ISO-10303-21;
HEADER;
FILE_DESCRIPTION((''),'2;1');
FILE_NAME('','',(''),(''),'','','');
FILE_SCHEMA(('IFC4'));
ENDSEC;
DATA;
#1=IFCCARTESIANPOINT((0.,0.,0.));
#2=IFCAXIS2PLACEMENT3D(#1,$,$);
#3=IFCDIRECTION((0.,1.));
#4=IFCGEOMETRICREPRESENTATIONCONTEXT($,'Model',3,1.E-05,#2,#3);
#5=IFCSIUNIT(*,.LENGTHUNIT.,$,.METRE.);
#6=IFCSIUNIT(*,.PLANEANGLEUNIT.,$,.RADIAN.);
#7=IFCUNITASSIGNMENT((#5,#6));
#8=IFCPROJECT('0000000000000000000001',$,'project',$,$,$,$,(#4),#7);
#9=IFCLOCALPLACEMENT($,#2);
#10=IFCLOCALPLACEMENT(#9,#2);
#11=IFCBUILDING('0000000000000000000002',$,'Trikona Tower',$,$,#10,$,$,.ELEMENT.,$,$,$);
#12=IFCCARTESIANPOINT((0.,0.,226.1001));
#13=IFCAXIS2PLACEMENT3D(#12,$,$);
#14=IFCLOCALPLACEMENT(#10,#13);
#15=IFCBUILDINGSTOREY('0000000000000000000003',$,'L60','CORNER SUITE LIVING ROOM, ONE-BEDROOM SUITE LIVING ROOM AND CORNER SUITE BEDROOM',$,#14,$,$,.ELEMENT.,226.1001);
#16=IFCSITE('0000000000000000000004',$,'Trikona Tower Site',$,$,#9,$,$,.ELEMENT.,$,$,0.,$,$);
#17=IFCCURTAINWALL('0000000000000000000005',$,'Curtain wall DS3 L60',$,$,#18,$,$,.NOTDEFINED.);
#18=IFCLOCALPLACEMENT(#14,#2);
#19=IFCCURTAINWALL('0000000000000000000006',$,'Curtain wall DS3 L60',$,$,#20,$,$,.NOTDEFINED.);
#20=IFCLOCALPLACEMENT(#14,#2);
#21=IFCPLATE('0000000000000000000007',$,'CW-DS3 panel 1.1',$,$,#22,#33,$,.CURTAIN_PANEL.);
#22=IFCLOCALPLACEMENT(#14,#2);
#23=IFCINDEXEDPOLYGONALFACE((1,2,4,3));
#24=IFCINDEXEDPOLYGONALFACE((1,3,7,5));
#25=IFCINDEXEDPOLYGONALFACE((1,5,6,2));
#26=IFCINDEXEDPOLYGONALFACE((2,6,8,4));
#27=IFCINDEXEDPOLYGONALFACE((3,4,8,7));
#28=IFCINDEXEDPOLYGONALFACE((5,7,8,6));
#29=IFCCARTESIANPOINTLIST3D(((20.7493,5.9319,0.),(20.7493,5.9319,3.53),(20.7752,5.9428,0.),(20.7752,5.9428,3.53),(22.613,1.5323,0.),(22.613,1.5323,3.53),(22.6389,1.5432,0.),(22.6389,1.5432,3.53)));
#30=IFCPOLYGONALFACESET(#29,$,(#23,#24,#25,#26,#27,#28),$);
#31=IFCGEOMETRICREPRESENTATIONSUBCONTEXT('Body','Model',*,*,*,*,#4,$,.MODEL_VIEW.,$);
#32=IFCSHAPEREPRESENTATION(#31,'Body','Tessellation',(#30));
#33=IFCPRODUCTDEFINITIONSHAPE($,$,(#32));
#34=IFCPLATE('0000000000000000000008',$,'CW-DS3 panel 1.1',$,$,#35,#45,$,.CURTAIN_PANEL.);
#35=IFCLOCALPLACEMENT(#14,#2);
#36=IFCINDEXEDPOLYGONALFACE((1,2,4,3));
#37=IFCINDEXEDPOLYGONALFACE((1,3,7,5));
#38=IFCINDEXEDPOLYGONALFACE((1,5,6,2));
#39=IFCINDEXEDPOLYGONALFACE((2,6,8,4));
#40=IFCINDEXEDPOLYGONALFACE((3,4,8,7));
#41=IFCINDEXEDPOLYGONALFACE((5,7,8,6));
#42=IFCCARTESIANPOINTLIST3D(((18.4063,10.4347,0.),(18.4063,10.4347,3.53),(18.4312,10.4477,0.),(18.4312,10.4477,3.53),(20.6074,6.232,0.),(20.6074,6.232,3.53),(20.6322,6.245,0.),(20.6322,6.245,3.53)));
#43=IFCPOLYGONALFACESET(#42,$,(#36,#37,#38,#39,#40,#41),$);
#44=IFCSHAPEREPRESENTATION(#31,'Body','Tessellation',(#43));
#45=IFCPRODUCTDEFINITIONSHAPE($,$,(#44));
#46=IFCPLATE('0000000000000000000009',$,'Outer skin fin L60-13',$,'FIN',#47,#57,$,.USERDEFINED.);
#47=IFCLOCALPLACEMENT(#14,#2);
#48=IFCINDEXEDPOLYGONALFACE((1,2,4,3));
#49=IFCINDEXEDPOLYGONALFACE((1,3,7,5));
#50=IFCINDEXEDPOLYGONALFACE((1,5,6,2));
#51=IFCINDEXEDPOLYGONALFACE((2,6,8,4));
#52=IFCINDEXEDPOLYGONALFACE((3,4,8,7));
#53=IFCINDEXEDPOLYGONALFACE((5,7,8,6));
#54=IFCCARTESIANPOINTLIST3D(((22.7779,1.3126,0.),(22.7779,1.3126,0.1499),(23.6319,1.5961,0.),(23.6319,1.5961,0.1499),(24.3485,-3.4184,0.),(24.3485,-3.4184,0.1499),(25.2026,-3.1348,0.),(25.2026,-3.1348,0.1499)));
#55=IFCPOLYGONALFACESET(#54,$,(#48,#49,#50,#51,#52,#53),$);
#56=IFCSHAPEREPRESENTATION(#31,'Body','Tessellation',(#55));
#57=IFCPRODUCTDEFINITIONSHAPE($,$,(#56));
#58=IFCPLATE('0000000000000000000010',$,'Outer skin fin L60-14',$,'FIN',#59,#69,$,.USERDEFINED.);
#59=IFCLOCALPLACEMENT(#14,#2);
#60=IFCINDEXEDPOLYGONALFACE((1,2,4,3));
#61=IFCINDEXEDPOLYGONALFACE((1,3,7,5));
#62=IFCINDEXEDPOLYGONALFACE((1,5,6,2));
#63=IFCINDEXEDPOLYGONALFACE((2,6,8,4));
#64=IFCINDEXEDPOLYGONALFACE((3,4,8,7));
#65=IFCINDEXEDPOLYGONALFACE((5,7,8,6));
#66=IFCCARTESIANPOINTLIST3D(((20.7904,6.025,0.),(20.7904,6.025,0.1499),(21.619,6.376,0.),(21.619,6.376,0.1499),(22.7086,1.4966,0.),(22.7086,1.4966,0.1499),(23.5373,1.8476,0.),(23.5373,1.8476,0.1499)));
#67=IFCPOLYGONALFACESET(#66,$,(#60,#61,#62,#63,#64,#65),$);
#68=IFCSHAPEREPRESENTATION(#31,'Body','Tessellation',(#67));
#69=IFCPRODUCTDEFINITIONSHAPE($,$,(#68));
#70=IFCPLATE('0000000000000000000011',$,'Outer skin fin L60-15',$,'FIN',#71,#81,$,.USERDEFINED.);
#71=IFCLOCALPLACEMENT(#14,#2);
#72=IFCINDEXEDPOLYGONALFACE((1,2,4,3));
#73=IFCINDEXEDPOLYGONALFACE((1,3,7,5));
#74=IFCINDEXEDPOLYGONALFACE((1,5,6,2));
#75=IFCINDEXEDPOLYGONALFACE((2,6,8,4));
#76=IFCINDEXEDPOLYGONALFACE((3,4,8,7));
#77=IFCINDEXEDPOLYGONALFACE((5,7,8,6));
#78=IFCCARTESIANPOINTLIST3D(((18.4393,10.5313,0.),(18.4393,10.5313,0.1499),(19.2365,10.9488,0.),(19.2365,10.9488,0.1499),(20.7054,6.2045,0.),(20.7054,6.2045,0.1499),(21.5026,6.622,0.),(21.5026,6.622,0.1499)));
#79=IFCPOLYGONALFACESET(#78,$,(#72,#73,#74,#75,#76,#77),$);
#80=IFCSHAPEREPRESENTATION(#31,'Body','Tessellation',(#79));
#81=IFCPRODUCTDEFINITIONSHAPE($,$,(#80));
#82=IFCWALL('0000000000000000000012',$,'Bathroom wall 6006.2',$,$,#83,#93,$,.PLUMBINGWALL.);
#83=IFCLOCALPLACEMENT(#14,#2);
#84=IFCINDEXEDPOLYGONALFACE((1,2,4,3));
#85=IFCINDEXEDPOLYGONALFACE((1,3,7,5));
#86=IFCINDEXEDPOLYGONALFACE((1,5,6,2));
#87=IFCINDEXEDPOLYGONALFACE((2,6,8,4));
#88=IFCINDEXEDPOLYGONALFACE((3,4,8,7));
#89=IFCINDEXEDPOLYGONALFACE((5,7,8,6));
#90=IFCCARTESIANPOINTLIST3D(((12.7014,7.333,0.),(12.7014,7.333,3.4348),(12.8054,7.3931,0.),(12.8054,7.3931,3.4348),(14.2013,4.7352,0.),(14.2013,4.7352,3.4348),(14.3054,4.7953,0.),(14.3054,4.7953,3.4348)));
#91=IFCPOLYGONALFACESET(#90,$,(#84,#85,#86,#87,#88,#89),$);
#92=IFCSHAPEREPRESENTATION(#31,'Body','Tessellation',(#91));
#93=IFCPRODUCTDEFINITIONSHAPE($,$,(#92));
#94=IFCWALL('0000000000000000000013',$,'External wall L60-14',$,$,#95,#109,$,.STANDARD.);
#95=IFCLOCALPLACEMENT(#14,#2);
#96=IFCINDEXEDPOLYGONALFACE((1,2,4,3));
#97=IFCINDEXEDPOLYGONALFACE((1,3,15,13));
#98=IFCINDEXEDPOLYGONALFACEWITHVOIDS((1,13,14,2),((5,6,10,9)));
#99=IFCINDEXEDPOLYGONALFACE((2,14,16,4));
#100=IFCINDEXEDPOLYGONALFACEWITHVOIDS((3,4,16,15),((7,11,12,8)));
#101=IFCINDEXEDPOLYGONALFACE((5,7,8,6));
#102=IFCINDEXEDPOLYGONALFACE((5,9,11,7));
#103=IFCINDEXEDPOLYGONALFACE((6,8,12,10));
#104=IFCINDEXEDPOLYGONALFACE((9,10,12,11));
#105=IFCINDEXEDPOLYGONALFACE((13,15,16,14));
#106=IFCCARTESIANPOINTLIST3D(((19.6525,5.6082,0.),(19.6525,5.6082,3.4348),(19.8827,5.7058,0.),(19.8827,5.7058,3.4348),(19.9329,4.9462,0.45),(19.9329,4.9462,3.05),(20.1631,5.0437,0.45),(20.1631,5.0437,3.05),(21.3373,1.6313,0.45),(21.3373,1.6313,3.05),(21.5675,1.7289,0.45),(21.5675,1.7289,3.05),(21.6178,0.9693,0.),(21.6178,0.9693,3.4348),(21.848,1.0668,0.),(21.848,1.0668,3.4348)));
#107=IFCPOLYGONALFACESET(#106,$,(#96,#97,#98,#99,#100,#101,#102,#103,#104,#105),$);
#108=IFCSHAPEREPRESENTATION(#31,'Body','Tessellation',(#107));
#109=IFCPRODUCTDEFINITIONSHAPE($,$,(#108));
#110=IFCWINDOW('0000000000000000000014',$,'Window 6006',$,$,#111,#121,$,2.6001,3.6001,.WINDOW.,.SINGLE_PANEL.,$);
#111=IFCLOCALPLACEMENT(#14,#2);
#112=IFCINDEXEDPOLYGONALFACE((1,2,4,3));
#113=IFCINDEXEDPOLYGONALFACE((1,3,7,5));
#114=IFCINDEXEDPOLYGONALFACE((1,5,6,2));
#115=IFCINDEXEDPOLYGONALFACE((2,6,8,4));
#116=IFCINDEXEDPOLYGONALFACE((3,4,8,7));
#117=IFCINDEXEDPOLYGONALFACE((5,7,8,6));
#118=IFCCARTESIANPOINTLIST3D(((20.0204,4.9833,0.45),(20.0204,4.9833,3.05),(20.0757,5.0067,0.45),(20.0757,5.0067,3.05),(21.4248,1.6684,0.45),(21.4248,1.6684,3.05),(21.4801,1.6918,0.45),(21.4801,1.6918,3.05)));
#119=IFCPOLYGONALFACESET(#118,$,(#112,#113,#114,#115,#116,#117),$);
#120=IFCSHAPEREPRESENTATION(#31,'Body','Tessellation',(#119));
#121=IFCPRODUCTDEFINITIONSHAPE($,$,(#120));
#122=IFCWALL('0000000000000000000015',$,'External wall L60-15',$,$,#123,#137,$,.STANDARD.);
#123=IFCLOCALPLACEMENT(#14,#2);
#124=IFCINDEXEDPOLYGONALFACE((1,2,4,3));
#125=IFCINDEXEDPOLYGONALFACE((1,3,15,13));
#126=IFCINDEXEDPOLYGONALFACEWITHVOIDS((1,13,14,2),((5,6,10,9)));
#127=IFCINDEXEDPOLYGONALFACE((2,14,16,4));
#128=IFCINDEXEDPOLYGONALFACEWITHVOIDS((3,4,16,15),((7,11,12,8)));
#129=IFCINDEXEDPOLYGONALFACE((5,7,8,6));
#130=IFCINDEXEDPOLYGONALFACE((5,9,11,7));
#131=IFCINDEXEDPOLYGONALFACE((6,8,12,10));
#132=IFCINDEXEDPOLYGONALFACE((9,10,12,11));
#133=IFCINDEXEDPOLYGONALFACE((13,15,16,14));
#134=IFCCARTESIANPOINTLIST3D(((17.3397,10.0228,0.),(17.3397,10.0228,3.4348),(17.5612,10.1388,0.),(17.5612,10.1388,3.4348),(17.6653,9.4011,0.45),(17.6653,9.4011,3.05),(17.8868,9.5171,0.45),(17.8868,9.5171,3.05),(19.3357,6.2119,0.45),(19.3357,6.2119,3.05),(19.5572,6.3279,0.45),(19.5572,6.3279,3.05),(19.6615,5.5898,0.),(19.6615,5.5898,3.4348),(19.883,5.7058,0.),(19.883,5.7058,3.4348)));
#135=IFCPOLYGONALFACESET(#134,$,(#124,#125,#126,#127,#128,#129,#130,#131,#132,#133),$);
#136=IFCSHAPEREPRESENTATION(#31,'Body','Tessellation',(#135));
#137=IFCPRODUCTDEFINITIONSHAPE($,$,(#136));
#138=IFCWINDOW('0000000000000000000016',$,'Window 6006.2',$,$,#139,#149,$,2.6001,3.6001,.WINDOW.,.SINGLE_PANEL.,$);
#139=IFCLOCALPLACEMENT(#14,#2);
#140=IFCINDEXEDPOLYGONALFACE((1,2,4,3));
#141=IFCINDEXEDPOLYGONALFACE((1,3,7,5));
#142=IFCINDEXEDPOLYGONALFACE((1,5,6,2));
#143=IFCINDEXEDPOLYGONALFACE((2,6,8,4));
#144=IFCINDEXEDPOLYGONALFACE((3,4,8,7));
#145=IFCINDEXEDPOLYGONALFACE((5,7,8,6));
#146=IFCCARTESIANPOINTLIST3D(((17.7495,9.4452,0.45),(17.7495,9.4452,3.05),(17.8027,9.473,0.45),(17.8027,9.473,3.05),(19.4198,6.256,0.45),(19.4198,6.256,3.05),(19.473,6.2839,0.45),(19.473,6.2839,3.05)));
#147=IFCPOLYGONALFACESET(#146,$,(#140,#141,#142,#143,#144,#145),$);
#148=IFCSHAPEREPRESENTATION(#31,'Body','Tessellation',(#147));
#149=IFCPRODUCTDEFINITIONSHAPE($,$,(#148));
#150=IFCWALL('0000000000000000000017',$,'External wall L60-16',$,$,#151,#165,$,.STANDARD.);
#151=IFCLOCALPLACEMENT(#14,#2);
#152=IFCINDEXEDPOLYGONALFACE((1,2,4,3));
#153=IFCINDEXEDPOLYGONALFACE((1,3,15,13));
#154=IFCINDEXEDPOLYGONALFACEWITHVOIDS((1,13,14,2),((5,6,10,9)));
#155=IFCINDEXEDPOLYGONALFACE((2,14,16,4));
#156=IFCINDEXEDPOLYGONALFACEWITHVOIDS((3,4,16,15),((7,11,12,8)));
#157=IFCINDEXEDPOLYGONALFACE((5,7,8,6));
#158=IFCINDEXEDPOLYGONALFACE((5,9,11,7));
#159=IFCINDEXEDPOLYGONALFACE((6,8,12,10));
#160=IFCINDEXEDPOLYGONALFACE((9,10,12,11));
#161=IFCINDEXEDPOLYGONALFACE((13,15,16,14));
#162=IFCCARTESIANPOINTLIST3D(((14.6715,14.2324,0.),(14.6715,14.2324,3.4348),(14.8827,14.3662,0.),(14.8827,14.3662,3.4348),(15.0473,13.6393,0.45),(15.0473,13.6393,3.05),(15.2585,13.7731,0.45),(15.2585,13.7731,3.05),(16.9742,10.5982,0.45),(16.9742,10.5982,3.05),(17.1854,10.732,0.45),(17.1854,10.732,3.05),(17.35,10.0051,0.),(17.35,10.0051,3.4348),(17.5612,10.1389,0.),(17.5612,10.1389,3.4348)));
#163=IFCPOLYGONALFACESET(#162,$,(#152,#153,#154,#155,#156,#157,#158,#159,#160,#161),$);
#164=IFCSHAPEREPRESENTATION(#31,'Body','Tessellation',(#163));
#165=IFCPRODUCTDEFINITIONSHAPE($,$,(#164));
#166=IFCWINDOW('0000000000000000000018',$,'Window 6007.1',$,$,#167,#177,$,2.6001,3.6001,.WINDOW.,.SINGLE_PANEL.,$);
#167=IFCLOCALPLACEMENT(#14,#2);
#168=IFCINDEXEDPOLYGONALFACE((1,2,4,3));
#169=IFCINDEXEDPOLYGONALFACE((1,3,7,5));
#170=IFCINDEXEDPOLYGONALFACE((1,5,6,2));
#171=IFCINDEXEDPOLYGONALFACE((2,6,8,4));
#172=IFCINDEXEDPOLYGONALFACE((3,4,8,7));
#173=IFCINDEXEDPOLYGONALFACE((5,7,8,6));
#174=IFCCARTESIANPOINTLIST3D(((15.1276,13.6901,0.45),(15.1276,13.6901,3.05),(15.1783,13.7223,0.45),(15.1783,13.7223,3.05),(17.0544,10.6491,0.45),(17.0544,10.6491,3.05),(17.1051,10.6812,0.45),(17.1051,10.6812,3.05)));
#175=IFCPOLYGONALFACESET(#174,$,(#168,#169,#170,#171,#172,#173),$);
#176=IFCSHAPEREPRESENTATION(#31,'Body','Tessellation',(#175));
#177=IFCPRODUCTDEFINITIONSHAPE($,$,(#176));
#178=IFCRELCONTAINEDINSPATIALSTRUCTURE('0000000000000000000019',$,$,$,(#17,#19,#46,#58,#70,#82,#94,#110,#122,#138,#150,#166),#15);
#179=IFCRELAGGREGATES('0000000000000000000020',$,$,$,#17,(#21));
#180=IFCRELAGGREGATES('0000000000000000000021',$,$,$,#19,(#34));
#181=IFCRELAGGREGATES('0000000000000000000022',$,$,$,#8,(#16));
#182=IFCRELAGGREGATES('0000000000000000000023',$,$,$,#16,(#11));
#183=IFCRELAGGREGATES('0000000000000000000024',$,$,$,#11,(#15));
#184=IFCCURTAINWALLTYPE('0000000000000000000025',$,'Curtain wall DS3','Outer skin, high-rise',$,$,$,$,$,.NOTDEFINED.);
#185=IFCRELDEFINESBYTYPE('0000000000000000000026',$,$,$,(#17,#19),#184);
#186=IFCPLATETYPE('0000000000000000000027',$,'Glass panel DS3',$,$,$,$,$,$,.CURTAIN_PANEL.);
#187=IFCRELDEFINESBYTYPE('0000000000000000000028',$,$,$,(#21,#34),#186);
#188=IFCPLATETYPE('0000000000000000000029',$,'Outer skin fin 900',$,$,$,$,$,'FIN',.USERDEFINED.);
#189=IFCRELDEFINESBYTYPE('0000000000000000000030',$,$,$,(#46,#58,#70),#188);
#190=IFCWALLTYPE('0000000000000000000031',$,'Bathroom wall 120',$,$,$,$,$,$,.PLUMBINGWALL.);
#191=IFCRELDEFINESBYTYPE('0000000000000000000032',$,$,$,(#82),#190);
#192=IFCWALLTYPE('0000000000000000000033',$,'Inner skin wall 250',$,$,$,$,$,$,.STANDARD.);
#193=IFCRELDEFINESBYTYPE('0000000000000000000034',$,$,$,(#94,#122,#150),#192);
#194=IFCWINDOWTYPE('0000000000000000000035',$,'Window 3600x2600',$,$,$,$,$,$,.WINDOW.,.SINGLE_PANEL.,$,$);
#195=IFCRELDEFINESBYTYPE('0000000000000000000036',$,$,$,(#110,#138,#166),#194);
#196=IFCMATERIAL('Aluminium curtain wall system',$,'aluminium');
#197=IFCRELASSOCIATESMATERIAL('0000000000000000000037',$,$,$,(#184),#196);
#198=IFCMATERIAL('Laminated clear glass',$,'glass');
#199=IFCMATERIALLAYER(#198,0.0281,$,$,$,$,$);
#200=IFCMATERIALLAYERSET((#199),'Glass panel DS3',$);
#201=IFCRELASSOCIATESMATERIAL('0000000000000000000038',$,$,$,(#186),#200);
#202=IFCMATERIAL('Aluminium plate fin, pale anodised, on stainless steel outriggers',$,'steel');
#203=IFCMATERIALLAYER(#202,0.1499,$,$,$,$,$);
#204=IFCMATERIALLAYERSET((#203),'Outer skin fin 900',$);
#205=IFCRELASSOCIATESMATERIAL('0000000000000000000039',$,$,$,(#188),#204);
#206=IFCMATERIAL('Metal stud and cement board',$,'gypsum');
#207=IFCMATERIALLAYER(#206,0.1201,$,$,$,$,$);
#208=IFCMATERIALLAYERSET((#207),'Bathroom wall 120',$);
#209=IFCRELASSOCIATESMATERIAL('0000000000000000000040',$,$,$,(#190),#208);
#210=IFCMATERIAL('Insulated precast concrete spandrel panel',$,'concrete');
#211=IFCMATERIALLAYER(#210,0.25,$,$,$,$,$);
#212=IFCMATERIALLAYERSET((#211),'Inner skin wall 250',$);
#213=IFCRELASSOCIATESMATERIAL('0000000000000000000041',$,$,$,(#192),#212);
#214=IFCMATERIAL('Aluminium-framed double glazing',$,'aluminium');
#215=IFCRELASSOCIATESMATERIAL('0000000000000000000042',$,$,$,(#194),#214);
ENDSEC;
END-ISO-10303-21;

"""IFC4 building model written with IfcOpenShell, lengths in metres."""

from ifc_helpers import new_model, si_unit, direction, frame, frame_2d, origin, origin_2d, place, context, subcontext, project, spatial, rectangle, extrude, material, layer, layer_set, type_object, element, fill, aggregate, save


model = new_model("IFC4")

# Units and contexts
model_context = context("Model", 3, precision=1e-05, world=origin(), true_north=direction((0.0, 1.0)))
body_context = subcontext(model_context, "Body", "Model", "MODEL_VIEW")
ifc_project = project(units=[si_unit("LENGTHUNIT", "METRE"), si_unit("PLANEANGLEUNIT", "RADIAN")], contexts=[model_context])

# Site, building, storey
site_placement = place(None, origin())
site = spatial("IfcSite", under=ifc_project, at=site_placement, Name="Trikona Tower Site", CompositionType="ELEMENT", RefElevation=0.0)
building_placement = place(site_placement, origin())
building = spatial("IfcBuilding", under=site, at=building_placement, Name="Trikona Tower", CompositionType="ELEMENT")
storey_placement = place(building_placement, frame((0.0, 0.0, 226.1001)))
storey = spatial("IfcBuildingStorey", under=building, at=storey_placement, Name="L60", Description="CORNER SUITE LIVING ROOM, ONE-BEDROOM SUITE LIVING ROOM AND CORNER SUITE BEDROOM", CompositionType="ELEMENT", Elevation=226.1001)

# Shared definitions
ifc_material_1 = material(Name="Aluminium curtain wall system", Category="aluminium")
curtain_wall_type = type_object("IfcCurtainWallType", Name="Curtain wall DS3", Description="Outer skin, high-rise", PredefinedType="NOTDEFINED", material=ifc_material_1)

# Curtain walls
curtain_wall_1_placement = place(storey_placement, origin())
curtain_wall_1 = element("IfcCurtainWall", 1, at=curtain_wall_1_placement, inside=storey, type_object=curtain_wall_type, Name="Curtain wall DS3 L60", PredefinedType="NOTDEFINED")
curtain_wall_2_placement = place(storey_placement, origin())
curtain_wall_2 = element("IfcCurtainWall", 2, at=curtain_wall_2_placement, inside=storey, type_object=curtain_wall_type, Name="Curtain wall DS3 L60", PredefinedType="NOTDEFINED")

# Plates
ifc_material_2 = material(Name="Laminated clear glass", Category="glass")
ifc_layer_1 = layer(ifc_material_2, 0.0281)
ifc_layer_set_1 = layer_set([ifc_layer_1], Name="Glass panel DS3")
plate_type_1 = type_object("IfcPlateType", Name="Glass panel DS3", PredefinedType="CURTAIN_PANEL", material=ifc_layer_set_1)
plate_1_placement = place(storey_placement, frame((21.6941, 3.7375, 0.0), z_axis=(0.0, 0.0, 1.0), x_axis=(-0.390053, 0.920792, 0.0)))
plate_1 = element("IfcPlate", 3, at=plate_1_placement, type_object=plate_type_1, Name="CW-DS3 panel 1.1", PredefinedType="CURTAIN_PANEL", context=body_context, shape_type="SweptSolid", body=[
    extrude(rectangle(XDim=4.7781, YDim=0.0281, at=origin_2d()), origin(), (0.0, 0.0, 1.0), 3.53),
])
aggregate(curtain_wall_1, [plate_1])
plate_2_placement = place(storey_placement, frame((19.5193, 8.3398, 0.0), z_axis=(0.0, 0.0, 1.0), x_axis=(-0.463948, 0.885862, 0.0)))
plate_2 = element("IfcPlate", 4, at=plate_2_placement, type_object=plate_type_1, Name="CW-DS3 panel 1.1", PredefinedType="CURTAIN_PANEL", context=body_context, shape_type="SweptSolid", body=[
    extrude(rectangle(XDim=4.7441, YDim=0.0281, at=origin_2d()), origin(), (0.0, 0.0, 1.0), 3.53),
])
aggregate(curtain_wall_2, [plate_2])

# Plates
ifc_material_3 = material(Name="Aluminium plate fin, pale anodised, on stainless steel outriggers", Category="steel")
ifc_layer_2 = layer(ifc_material_3, 0.1499)
ifc_layer_set_2 = layer_set([ifc_layer_2], Name="Outer skin fin 900")
plate_type_2 = type_object("IfcPlateType", Name="Outer skin fin 900", ElementType="FIN", PredefinedType="USERDEFINED", material=ifc_layer_set_2)
plate_3_placement = place(storey_placement, frame((23.9902, -0.9111, 0.0), z_axis=(0.0, 0.0, 1.0), x_axis=(-0.315093, 0.949061, 0.0)))
element("IfcPlate", 5, at=plate_3_placement, inside=storey, type_object=plate_type_2, Name="Outer skin fin L60-13", ObjectType="FIN", PredefinedType="USERDEFINED", context=body_context, shape_type="SweptSolid", body=[
    extrude(rectangle(XDim=4.9849, YDim=0.8999, at=origin_2d()), origin(), (0.0, 0.0, 1.0), 0.1499),
])
plate_4_placement = place(storey_placement, frame((22.1638, 3.9363, 0.0), z_axis=(0.0, 0.0, 1.0), x_axis=(-0.390051, 0.920793, 0.0)))
element("IfcPlate", 6, at=plate_4_placement, inside=storey, type_object=plate_type_2, Name="Outer skin fin L60-14", ObjectType="FIN", PredefinedType="USERDEFINED", context=body_context, shape_type="SweptSolid", body=[
    extrude(rectangle(XDim=4.918, YDim=0.8999, at=origin_2d()), origin(), (0.0, 0.0, 1.0), 0.1499),
])
plate_5_placement = place(storey_placement, frame((19.9709, 8.5767, 0.0), z_axis=(0.0, 0.0, 1.0), x_axis=(-0.463952, 0.88586, 0.0)))
element("IfcPlate", 7, at=plate_5_placement, inside=storey, type_object=plate_type_2, Name="Outer skin fin L60-15", ObjectType="FIN", PredefinedType="USERDEFINED", context=body_context, shape_type="SweptSolid", body=[
    extrude(rectangle(XDim=4.8843, YDim=0.8999, at=origin_2d()), origin(), (0.0, 0.0, 1.0), 0.1499),
])

# Wall
ifc_material_4 = material(Name="Metal stud and cement board", Category="gypsum")
ifc_layer_3 = layer(ifc_material_4, 0.1201)
ifc_layer_set_3 = layer_set([ifc_layer_3], Name="Bathroom wall 120")
wall_type_1 = type_object("IfcWallType", Name="Bathroom wall 120", PredefinedType="PLUMBINGWALL", material=ifc_layer_set_3)
wall_1_placement = place(storey_placement, frame((14.2534, 4.7651, 0.0), z_axis=(0.0, 0.0, 1.0), x_axis=(-0.500025, 0.866011, 0.0)))
element("IfcWall", 8, at=wall_1_placement, inside=storey, type_object=wall_type_1, Name="Bathroom wall 6006.2", PredefinedType="PLUMBINGWALL", context=body_context, shape_type="SweptSolid", body=[
    extrude(rectangle(XDim=2.9998, YDim=0.1201, at=frame_2d((1.5, 0.0))), origin(), (0.0, 0.0, 1.0), 3.4348),
])

# Walls, openings, windows
ifc_material_5 = material(Name="Insulated precast concrete spandrel panel", Category="concrete")
ifc_layer_4 = layer(ifc_material_5, 0.25)
ifc_layer_set_4 = layer_set([ifc_layer_4], Name="Inner skin wall 250")
wall_type_2 = type_object("IfcWallType", Name="Inner skin wall 250", PredefinedType="STANDARD", material=ifc_layer_set_4)
wall_2_placement = place(storey_placement, frame((21.7329, 1.0181, 0.0), z_axis=(0.0, 0.0, 1.0), x_axis=(-0.390097, 0.920774, 0.0)))
wall_2 = element("IfcWall", 9, at=wall_2_placement, inside=storey, type_object=wall_type_2, Name="External wall L60-14", PredefinedType="STANDARD", context=body_context, shape_type="SweptSolid", body=[
    extrude(rectangle(XDim=5.0381, YDim=0.25, at=frame_2d((2.519, 0.0))), origin(), (0.0, 0.0, 1.0), 3.4348),
])
opening_1_placement = place(wall_2_placement, frame((0.719, 0.0, 0.45)))
opening_1 = element("IfcOpeningElement", 10, at=opening_1_placement, cuts=wall_2, PredefinedType="OPENING", context=body_context, shape_type="SweptSolid", body=[
    extrude(rectangle(XDim=3.6001, YDim=2.6001, at=frame_2d((1.8, 1.3))), frame((0.0, 0.135, 0.0), z_axis=(0.0, -1.0, 0.0), x_axis=(1.0, 0.0, 0.0)), (0.0, 0.0, 1.0), 0.27),
])
ifc_material_6 = material(Name="Aluminium-framed double glazing", Category="aluminium")
window_type = type_object("IfcWindowType", Name="Window 3600x2600", PartitioningType="SINGLE_PANEL", PredefinedType="WINDOW", material=ifc_material_6)
window_1_placement = place(opening_1_placement, origin())
window_1 = element("IfcWindow", 11, at=window_1_placement, inside=storey, type_object=window_type, Name="Window 6006", OverallHeight=2.6001, OverallWidth=3.6001, PartitioningType="SINGLE_PANEL", PredefinedType="WINDOW", context=body_context, shape_type="SweptSolid", body=[
    extrude(rectangle(XDim=3.6001, YDim=2.6001, at=frame_2d((1.8, 1.3))), frame((0.0, 0.03, 0.0), z_axis=(0.0, -1.0, 0.0), x_axis=(1.0, 0.0, 0.0)), (0.0, 0.0, 1.0), 0.0601),
])
fill(opening_1, window_1)
wall_3_placement = place(storey_placement, frame((19.7722, 5.6479, 0.0), z_axis=(0.0, 0.0, 1.0), x_axis=(-0.463976, 0.885848, 0.0)))
wall_3 = element("IfcWall", 12, at=wall_3_placement, inside=storey, type_object=wall_type_2, Name="External wall L60-15", PredefinedType="STANDARD", context=body_context, shape_type="SweptSolid", body=[
    extrude(rectangle(XDim=5.0042, YDim=0.25, at=frame_2d((2.502, 0.0))), origin(), (0.0, 0.0, 1.0), 3.4348),
])
opening_2_placement = place(wall_3_placement, frame((0.7021, 0.0, 0.45)))
opening_2 = element("IfcOpeningElement", 13, at=opening_2_placement, cuts=wall_3, PredefinedType="OPENING", context=body_context, shape_type="SweptSolid", body=[
    extrude(rectangle(XDim=3.6001, YDim=2.6001, at=frame_2d((1.8, 1.3))), frame((0.0, 0.135, 0.0), z_axis=(0.0, -1.0, 0.0), x_axis=(1.0, 0.0, 0.0)), (0.0, 0.0, 1.0), 0.27),
])
window_2_placement = place(opening_2_placement, origin())
window_2 = element("IfcWindow", 14, at=window_2_placement, inside=storey, type_object=window_type, Name="Window 6006.2", OverallHeight=2.6001, OverallWidth=3.6001, PartitioningType="SINGLE_PANEL", PredefinedType="WINDOW", context=body_context, shape_type="SweptSolid", body=[
    extrude(rectangle(XDim=3.6001, YDim=2.6001, at=frame_2d((1.8, 1.3))), frame((0.0, 0.03, 0.0), z_axis=(0.0, -1.0, 0.0), x_axis=(1.0, 0.0, 0.0)), (0.0, 0.0, 1.0), 0.0601),
])
fill(opening_2, window_2)
wall_4_placement = place(storey_placement, frame((17.4556, 10.072, 0.0), z_axis=(0.0, 0.0, 1.0), x_axis=(-0.53522, 0.844712, 0.0)))
wall_4 = element("IfcWall", 15, at=wall_4_placement, inside=storey, type_object=wall_type_2, Name="External wall L60-16", PredefinedType="STANDARD", context=body_context, shape_type="SweptSolid", body=[
    extrude(rectangle(XDim=5.0044, YDim=0.25, at=frame_2d((2.5022, 0.0))), origin(), (0.0, 0.0, 1.0), 3.4348),
])
opening_3_placement = place(wall_4_placement, frame((0.7021, 0.0, 0.45)))
opening_3 = element("IfcOpeningElement", 16, at=opening_3_placement, cuts=wall_4, PredefinedType="OPENING", context=body_context, shape_type="SweptSolid", body=[
    extrude(rectangle(XDim=3.6001, YDim=2.6001, at=frame_2d((1.8, 1.3))), frame((0.0, 0.135, 0.0), z_axis=(0.0, -1.0, 0.0), x_axis=(1.0, 0.0, 0.0)), (0.0, 0.0, 1.0), 0.27),
])
window_3_placement = place(opening_3_placement, origin())
window_3 = element("IfcWindow", 17, at=window_3_placement, inside=storey, type_object=window_type, Name="Window 6007.1", OverallHeight=2.6001, OverallWidth=3.6001, PartitioningType="SINGLE_PANEL", PredefinedType="WINDOW", context=body_context, shape_type="SweptSolid", body=[
    extrude(rectangle(XDim=3.6001, YDim=2.6001, at=frame_2d((1.8, 1.3))), frame((0.0, 0.03, 0.0), z_axis=(0.0, -1.0, 0.0), x_axis=(1.0, 0.0, 0.0)), (0.0, 0.0, 1.0), 0.0601),
])
fill(opening_3, window_3)

save(model, "model.ifc")
